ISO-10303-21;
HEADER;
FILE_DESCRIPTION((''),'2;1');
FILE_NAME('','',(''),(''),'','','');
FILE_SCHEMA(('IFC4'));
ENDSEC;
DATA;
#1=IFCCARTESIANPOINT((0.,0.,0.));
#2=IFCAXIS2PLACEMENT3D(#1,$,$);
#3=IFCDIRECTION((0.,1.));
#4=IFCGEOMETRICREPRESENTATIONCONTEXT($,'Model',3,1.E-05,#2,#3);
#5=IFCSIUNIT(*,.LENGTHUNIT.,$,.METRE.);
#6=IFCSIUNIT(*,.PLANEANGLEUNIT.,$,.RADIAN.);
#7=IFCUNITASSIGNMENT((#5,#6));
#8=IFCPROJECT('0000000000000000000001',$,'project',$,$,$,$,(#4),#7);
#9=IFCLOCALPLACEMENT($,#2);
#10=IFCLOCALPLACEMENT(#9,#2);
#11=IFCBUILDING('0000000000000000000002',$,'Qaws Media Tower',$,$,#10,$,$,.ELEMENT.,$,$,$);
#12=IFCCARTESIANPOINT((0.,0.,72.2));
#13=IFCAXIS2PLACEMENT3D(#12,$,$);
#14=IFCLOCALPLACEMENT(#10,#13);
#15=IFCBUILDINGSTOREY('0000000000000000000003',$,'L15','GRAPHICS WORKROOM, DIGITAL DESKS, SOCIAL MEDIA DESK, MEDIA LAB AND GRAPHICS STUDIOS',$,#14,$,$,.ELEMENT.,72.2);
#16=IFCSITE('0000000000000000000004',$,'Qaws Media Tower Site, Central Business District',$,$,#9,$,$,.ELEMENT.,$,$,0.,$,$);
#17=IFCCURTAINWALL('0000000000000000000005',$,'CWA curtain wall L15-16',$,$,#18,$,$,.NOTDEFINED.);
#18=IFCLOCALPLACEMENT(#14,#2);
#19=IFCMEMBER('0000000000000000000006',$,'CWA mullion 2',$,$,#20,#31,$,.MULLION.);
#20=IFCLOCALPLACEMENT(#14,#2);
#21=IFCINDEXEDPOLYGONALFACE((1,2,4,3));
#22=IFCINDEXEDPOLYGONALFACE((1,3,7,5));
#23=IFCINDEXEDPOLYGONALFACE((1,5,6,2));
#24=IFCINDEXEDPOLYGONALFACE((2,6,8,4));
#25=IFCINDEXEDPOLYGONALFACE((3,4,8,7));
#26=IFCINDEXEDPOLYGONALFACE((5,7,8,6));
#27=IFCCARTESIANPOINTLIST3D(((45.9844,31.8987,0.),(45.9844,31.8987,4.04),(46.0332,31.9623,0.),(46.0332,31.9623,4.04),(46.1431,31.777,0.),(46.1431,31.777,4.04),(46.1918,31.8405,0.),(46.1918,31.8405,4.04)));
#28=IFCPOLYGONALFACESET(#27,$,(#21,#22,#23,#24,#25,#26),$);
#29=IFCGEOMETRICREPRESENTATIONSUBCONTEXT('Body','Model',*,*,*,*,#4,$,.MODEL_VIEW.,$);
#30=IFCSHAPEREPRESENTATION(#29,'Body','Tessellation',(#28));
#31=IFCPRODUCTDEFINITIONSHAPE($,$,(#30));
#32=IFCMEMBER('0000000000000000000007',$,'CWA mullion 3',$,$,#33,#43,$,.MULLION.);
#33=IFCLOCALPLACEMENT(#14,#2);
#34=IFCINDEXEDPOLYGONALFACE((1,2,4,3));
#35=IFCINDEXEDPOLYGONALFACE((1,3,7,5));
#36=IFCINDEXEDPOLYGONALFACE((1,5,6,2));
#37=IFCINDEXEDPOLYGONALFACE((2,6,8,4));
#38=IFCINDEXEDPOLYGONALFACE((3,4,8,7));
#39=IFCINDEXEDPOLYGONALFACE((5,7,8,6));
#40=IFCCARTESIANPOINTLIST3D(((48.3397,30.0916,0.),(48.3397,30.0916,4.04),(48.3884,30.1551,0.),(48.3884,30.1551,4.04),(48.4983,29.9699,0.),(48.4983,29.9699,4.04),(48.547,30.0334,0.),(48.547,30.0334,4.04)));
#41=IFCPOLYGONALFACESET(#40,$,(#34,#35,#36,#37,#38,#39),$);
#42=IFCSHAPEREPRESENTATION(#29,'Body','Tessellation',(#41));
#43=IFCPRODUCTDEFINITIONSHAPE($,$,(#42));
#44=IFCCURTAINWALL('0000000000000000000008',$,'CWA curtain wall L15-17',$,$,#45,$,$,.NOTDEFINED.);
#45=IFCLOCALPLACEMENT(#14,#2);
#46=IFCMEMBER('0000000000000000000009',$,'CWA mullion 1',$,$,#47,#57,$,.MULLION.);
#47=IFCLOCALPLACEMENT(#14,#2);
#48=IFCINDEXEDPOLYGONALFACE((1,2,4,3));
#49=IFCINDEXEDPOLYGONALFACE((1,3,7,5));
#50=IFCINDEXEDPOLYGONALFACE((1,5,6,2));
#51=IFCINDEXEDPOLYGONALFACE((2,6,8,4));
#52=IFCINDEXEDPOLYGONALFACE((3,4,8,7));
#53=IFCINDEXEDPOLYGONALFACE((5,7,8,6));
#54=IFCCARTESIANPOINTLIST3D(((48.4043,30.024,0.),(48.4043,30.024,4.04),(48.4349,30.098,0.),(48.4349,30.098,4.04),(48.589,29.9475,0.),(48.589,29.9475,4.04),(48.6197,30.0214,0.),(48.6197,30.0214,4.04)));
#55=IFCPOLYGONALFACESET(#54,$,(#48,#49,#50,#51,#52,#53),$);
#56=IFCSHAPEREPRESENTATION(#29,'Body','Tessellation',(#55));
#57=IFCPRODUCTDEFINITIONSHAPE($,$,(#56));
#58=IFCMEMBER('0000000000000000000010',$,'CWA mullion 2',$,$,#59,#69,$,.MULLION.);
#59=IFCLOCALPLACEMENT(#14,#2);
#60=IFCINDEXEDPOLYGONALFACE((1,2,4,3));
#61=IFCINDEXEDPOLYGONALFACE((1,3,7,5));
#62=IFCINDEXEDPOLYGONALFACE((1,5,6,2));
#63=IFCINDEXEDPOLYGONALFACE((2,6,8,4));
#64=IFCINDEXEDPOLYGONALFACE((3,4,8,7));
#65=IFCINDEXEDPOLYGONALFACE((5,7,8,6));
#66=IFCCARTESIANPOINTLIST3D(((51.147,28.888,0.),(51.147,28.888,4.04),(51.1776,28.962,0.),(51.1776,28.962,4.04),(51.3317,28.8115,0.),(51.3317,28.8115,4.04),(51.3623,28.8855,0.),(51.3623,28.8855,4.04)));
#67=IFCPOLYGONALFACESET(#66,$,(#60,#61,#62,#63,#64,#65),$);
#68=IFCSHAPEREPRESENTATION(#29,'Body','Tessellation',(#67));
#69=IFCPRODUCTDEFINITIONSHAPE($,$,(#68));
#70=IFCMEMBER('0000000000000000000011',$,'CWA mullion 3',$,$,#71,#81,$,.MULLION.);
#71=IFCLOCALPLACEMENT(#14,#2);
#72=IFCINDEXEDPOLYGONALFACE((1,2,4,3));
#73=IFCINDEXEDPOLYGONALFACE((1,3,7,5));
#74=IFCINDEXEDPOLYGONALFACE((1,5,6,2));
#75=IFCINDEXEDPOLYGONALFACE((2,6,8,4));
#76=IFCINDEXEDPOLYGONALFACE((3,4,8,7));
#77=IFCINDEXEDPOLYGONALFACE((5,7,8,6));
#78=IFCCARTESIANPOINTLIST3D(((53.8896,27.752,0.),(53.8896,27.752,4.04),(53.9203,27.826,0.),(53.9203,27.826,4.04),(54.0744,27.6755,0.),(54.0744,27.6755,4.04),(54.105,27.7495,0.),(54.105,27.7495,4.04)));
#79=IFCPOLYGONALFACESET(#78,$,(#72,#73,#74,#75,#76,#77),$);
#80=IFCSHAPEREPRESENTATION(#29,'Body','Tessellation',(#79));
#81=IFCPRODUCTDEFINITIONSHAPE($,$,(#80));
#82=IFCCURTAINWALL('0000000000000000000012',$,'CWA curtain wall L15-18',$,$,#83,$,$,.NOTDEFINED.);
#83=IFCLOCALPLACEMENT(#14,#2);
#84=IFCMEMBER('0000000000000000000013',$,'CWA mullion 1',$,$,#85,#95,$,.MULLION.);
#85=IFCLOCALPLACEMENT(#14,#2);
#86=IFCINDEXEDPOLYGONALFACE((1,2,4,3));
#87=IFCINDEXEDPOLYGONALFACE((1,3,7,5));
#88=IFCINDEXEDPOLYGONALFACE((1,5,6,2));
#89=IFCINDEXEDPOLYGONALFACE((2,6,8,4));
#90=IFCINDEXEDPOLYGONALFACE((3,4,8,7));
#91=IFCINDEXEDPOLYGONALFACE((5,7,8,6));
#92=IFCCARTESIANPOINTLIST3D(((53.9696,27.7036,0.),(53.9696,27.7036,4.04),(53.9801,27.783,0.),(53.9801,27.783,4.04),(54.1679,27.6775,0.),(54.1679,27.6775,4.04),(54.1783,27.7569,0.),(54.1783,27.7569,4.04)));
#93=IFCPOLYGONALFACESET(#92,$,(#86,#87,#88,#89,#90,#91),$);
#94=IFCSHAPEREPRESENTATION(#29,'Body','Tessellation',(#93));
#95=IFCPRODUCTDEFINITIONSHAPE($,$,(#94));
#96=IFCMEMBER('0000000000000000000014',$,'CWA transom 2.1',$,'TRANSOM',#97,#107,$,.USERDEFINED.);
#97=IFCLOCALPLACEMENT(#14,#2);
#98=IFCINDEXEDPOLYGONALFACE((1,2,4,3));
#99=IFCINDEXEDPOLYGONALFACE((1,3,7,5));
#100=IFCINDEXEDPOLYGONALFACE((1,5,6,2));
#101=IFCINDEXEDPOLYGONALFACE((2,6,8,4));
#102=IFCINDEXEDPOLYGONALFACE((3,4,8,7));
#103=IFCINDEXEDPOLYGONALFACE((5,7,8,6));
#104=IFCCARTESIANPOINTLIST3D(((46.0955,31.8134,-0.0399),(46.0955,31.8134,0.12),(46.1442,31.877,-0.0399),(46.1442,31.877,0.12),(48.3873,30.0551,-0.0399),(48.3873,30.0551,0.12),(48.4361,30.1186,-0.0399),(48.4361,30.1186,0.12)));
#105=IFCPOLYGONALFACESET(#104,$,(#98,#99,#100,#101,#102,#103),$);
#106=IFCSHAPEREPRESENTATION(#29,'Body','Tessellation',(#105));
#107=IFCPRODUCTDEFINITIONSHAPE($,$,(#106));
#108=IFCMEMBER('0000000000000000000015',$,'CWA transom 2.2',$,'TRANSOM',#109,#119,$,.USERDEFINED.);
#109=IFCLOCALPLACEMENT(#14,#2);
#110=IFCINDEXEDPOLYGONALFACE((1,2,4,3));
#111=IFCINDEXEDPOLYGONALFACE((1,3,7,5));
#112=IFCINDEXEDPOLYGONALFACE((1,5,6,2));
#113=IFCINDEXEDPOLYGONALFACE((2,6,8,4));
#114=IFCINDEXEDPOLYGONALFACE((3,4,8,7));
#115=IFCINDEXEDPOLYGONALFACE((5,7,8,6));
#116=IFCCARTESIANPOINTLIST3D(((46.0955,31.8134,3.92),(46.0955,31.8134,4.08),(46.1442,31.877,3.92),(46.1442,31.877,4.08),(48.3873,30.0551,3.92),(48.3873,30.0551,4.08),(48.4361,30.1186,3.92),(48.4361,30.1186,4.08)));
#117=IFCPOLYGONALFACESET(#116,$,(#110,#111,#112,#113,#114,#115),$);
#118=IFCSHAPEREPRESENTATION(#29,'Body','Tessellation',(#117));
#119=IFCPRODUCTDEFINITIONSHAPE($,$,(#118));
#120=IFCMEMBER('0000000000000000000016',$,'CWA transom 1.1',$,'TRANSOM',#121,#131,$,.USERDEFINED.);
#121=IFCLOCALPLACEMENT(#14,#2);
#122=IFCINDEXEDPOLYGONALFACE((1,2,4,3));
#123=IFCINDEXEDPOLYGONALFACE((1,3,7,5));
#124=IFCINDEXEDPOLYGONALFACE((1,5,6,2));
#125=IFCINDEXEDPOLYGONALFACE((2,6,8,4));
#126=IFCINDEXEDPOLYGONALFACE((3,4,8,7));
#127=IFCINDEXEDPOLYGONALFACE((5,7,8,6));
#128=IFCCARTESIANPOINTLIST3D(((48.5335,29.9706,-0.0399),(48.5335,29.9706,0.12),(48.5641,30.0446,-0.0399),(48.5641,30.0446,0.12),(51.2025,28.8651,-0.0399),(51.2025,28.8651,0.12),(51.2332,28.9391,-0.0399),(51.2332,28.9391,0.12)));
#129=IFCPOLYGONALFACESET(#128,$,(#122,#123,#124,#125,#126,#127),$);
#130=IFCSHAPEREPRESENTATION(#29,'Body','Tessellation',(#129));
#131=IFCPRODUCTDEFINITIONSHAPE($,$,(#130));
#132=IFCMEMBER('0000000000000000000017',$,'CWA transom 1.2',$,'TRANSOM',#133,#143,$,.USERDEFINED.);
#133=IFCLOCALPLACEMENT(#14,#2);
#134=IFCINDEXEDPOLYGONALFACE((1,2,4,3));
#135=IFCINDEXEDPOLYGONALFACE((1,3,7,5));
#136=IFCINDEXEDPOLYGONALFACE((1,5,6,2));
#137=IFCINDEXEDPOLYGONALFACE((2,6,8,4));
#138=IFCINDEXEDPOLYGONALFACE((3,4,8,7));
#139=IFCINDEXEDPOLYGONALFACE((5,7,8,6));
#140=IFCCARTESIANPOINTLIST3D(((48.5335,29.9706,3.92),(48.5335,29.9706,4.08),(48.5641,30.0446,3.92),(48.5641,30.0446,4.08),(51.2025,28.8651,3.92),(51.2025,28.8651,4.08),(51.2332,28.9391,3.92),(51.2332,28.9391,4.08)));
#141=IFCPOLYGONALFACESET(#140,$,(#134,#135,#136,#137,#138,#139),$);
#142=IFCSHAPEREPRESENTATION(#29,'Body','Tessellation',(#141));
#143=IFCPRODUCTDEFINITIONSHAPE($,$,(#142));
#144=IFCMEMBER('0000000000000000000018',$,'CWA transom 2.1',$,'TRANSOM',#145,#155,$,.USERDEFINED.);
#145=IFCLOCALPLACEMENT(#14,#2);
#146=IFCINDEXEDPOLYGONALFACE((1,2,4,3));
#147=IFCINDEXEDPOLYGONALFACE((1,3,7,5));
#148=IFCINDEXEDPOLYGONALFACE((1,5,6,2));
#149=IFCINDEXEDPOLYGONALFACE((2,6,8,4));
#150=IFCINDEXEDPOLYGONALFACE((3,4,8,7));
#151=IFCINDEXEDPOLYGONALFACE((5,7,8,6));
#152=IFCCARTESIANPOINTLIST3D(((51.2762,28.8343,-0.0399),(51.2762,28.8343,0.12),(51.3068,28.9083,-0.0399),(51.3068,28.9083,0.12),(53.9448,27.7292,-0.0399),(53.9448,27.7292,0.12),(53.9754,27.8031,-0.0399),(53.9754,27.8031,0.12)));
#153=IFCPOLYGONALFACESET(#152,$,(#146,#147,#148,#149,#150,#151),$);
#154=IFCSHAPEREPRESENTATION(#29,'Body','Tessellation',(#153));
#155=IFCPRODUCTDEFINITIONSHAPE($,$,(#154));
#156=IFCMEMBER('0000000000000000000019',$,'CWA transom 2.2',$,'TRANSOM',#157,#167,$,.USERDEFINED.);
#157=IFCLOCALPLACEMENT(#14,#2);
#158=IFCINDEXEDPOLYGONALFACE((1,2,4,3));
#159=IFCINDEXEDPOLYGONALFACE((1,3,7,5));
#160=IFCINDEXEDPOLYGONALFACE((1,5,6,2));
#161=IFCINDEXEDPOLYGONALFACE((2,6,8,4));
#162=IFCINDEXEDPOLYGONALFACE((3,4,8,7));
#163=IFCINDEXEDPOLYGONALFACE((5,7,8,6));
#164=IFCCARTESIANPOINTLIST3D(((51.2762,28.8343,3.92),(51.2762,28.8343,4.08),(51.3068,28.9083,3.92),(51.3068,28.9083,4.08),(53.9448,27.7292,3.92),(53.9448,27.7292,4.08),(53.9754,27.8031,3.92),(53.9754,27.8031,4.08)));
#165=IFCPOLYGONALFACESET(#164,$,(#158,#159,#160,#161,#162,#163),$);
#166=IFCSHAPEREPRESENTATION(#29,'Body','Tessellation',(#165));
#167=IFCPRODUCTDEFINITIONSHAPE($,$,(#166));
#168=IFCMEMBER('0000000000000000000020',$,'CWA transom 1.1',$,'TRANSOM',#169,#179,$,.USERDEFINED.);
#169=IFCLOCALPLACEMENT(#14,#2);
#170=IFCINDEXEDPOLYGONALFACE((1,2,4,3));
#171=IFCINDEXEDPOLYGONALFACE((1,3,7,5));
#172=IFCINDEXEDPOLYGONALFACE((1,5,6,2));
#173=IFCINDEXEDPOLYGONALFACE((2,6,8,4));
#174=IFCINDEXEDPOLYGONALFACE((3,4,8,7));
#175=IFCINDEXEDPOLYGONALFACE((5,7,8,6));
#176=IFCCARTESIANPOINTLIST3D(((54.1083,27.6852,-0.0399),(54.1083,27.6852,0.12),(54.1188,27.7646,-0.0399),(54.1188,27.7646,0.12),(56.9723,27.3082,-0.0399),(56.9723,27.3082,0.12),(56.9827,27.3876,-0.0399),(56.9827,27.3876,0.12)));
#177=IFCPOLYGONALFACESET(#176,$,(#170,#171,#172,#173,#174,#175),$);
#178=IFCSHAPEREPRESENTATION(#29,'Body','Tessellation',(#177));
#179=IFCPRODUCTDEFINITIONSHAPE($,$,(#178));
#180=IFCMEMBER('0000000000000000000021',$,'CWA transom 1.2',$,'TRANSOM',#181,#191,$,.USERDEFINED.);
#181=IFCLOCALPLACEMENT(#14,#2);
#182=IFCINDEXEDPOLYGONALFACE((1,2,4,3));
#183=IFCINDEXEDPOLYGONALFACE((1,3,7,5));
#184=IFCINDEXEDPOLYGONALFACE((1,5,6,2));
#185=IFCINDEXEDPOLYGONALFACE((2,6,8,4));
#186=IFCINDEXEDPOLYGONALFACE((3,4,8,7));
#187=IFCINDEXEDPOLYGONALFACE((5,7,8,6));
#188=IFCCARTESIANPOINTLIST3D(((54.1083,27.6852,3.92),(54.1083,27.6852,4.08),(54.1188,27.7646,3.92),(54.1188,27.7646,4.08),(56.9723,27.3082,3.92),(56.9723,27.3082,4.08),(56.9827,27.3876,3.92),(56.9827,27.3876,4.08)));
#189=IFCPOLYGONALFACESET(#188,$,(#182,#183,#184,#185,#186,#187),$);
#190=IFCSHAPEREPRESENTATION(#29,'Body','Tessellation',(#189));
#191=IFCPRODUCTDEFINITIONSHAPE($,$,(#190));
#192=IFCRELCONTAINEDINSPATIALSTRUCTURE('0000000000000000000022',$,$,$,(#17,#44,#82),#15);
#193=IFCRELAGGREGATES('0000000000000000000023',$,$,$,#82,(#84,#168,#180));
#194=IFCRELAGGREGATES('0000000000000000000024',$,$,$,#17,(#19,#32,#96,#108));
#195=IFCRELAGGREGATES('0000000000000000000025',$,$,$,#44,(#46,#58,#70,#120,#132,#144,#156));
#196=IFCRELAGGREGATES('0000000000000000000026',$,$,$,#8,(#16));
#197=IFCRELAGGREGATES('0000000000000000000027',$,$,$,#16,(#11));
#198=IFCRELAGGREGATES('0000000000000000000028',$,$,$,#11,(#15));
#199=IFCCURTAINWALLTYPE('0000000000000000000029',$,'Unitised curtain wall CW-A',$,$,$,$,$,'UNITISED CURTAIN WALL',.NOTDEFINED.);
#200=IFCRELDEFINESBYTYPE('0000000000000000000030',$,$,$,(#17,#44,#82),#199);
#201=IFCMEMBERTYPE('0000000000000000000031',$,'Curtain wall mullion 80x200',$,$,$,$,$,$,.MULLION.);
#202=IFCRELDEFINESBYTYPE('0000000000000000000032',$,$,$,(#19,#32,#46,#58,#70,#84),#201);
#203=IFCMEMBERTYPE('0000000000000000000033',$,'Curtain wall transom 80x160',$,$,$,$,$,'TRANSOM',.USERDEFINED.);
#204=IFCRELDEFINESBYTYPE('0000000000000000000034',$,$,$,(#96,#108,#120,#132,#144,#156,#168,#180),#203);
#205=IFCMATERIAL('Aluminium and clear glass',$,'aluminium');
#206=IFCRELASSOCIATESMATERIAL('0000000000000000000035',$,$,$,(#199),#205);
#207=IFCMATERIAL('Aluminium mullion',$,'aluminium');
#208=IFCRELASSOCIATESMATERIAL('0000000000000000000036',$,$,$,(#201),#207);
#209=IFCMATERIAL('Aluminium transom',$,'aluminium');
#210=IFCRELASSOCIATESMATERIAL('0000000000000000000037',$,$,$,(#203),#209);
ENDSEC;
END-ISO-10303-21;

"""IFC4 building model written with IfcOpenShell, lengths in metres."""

from ifc_helpers import new_model, si_unit, direction, frame, origin, origin_2d, place, context, subcontext, project, spatial, rectangle, extrude, material, material_profile, profile_set, type_object, element, aggregate, save


model = new_model("IFC4")

# Units and contexts
model_context = context("Model", 3, precision=1e-05, world=origin(), true_north=direction((0.0, 1.0)))
body_context = subcontext(model_context, "Body", "Model", "MODEL_VIEW")
ifc_project = project(units=[si_unit("LENGTHUNIT", "METRE"), si_unit("PLANEANGLEUNIT", "RADIAN")], contexts=[model_context])

# Site, building, storey
site_placement = place(None, origin())
site = spatial("IfcSite", under=ifc_project, at=site_placement, Name="Qaws Media Tower Site, Central Business District", CompositionType="ELEMENT", RefElevation=0.0)
building_placement = place(site_placement, origin())
building = spatial("IfcBuilding", under=site, at=building_placement, Name="Qaws Media Tower", CompositionType="ELEMENT")
storey_placement = place(building_placement, frame((0.0, 0.0, 72.2)))
storey = spatial("IfcBuildingStorey", under=building, at=storey_placement, Name="L15", Description="GRAPHICS WORKROOM, DIGITAL DESKS, SOCIAL MEDIA DESK, MEDIA LAB AND GRAPHICS STUDIOS", CompositionType="ELEMENT", Elevation=72.2)

# Curtain walls, members
ifc_material_1 = material(Name="Aluminium and clear glass", Category="aluminium")
curtain_wall_type = type_object("IfcCurtainWallType", Name="Unitised curtain wall CW-A", ElementType="UNITISED CURTAIN WALL", PredefinedType="NOTDEFINED", material=ifc_material_1)
curtain_wall_1_placement = place(storey_placement, origin())
curtain_wall_1 = element("IfcCurtainWall", 1, at=curtain_wall_1_placement, inside=storey, type_object=curtain_wall_type, Name="CWA curtain wall L15-16", PredefinedType="NOTDEFINED")
ifc_material_2 = material(Name="Aluminium mullion", Category="aluminium")
ifc_material_profile_1 = material_profile(ifc_material_2, rectangle(XDim=0.0801, YDim=0.2, at=origin_2d()), Name="80x200")
ifc_profile_set_1 = profile_set([ifc_material_profile_1], Name="Aluminium mullion")
member_type_1 = type_object("IfcMemberType", Name="Curtain wall mullion 80x200", PredefinedType="MULLION", material=ifc_profile_set_1)
member_1_placement = place(storey_placement, frame((46.0881, 31.8696, 0.0), z_axis=(0.0, 0.0, 1.0), x_axis=(0.608762, 0.793353, 0.0)))
member_1 = element("IfcMember", 2, at=member_1_placement, type_object=member_type_1, Name="CWA mullion 2", PredefinedType="MULLION", context=body_context, shape_type="SweptSolid", body=[
    extrude(rectangle(XDim=0.0801, YDim=0.2, at=origin_2d()), origin(), (0.0, 0.0, 1.0), 4.04),
])
member_2_placement = place(storey_placement, frame((48.4434, 30.0625, 0.0), z_axis=(0.0, 0.0, 1.0), x_axis=(0.608762, 0.793353, 0.0)))
member_2 = element("IfcMember", 3, at=member_2_placement, type_object=member_type_1, Name="CWA mullion 3", PredefinedType="MULLION", context=body_context, shape_type="SweptSolid", body=[
    extrude(rectangle(XDim=0.0801, YDim=0.2, at=origin_2d()), origin(), (0.0, 0.0, 1.0), 4.04),
])
curtain_wall_2_placement = place(storey_placement, origin())
curtain_wall_2 = element("IfcCurtainWall", 4, at=curtain_wall_2_placement, inside=storey, type_object=curtain_wall_type, Name="CWA curtain wall L15-17", PredefinedType="NOTDEFINED")
member_3_placement = place(storey_placement, frame((48.512, 30.0227, 0.0), z_axis=(0.0, 0.0, 1.0), x_axis=(0.382683, 0.92388, 0.0)))
member_3 = element("IfcMember", 5, at=member_3_placement, type_object=member_type_1, Name="CWA mullion 1", PredefinedType="MULLION", context=body_context, shape_type="SweptSolid", body=[
    extrude(rectangle(XDim=0.0801, YDim=0.2, at=origin_2d()), origin(), (0.0, 0.0, 1.0), 4.04),
])
member_4_placement = place(storey_placement, frame((51.2546, 28.8867, 0.0), z_axis=(0.0, 0.0, 1.0), x_axis=(0.382683, 0.92388, 0.0)))
member_4 = element("IfcMember", 6, at=member_4_placement, type_object=member_type_1, Name="CWA mullion 2", PredefinedType="MULLION", context=body_context, shape_type="SweptSolid", body=[
    extrude(rectangle(XDim=0.0801, YDim=0.2, at=origin_2d()), origin(), (0.0, 0.0, 1.0), 4.04),
])
member_5_placement = place(storey_placement, frame((53.9973, 27.7507, 0.0), z_axis=(0.0, 0.0, 1.0), x_axis=(0.382683, 0.92388, 0.0)))
member_5 = element("IfcMember", 7, at=member_5_placement, type_object=member_type_1, Name="CWA mullion 3", PredefinedType="MULLION", context=body_context, shape_type="SweptSolid", body=[
    extrude(rectangle(XDim=0.0801, YDim=0.2, at=origin_2d()), origin(), (0.0, 0.0, 1.0), 4.04),
])

# Curtain wall, member
curtain_wall_3_placement = place(storey_placement, origin())
curtain_wall_3 = element("IfcCurtainWall", 8, at=curtain_wall_3_placement, inside=storey, type_object=curtain_wall_type, Name="CWA curtain wall L15-18", PredefinedType="NOTDEFINED")
member_6_placement = place(storey_placement, frame((54.074, 27.7302, 0.0), z_axis=(0.0, 0.0, 1.0), x_axis=(0.130526, 0.991445, 0.0)))
member_6 = element("IfcMember", 9, at=member_6_placement, type_object=member_type_1, Name="CWA mullion 1", PredefinedType="MULLION", context=body_context, shape_type="SweptSolid", body=[
    extrude(rectangle(XDim=0.0801, YDim=0.2, at=origin_2d()), origin(), (0.0, 0.0, 1.0), 4.04),
])

# Members
ifc_material_3 = material(Name="Aluminium transom", Category="aluminium")
ifc_material_profile_2 = material_profile(ifc_material_3, rectangle(XDim=0.0801, YDim=0.1599, at=origin_2d()), Name="80x160")
ifc_profile_set_2 = profile_set([ifc_material_profile_2], Name="Aluminium transom")
member_type_2 = type_object("IfcMemberType", Name="Curtain wall transom 80x160", ElementType="TRANSOM", PredefinedType="USERDEFINED", material=ifc_profile_set_2)
member_7_placement = place(storey_placement, frame((46.1199, 31.8452, 0.04), z_axis=(0.79339, -0.608714, 0.0), x_axis=(0.608714, 0.79339, 0.0)))
member_7 = element("IfcMember", 10, at=member_7_placement, type_object=member_type_2, Name="CWA transom 2.1", ObjectType="TRANSOM", PredefinedType="USERDEFINED", context=body_context, shape_type="SweptSolid", body=[
    extrude(rectangle(XDim=0.0801, YDim=0.1599, at=origin_2d()), origin(), (0.0, 0.0, 1.0), 2.8887),
])
member_8_placement = place(storey_placement, frame((46.1199, 31.8452, 4.0), z_axis=(0.79339, -0.608714, 0.0), x_axis=(0.608714, 0.79339, 0.0)))
member_8 = element("IfcMember", 11, at=member_8_placement, type_object=member_type_2, Name="CWA transom 2.2", ObjectType="TRANSOM", PredefinedType="USERDEFINED", context=body_context, shape_type="SweptSolid", body=[
    extrude(rectangle(XDim=0.0801, YDim=0.1599, at=origin_2d()), origin(), (0.0, 0.0, 1.0), 2.8887),
])
member_9_placement = place(storey_placement, frame((48.5488, 30.0076, 0.04), z_axis=(0.923885, -0.38267, 0.0), x_axis=(0.38267, 0.923885, 0.0)))
member_9 = element("IfcMember", 12, at=member_9_placement, type_object=member_type_2, Name="CWA transom 1.1", ObjectType="TRANSOM", PredefinedType="USERDEFINED", context=body_context, shape_type="SweptSolid", body=[
    extrude(rectangle(XDim=0.0801, YDim=0.1599, at=origin_2d()), origin(), (0.0, 0.0, 1.0), 2.8889),
])
member_10_placement = place(storey_placement, frame((48.5488, 30.0076, 4.0), z_axis=(0.923885, -0.38267, 0.0), x_axis=(0.38267, 0.923885, 0.0)))
member_10 = element("IfcMember", 13, at=member_10_placement, type_object=member_type_2, Name="CWA transom 1.2", ObjectType="TRANSOM", PredefinedType="USERDEFINED", context=body_context, shape_type="SweptSolid", body=[
    extrude(rectangle(XDim=0.0801, YDim=0.1599, at=origin_2d()), origin(), (0.0, 0.0, 1.0), 2.8889),
])
member_11_placement = place(storey_placement, frame((51.2915, 28.8713, 0.04), z_axis=(0.923902, -0.382628, 0.0), x_axis=(0.382628, 0.923902, 0.0)))
member_11 = element("IfcMember", 14, at=member_11_placement, type_object=member_type_2, Name="CWA transom 2.1", ObjectType="TRANSOM", PredefinedType="USERDEFINED", context=body_context, shape_type="SweptSolid", body=[
    extrude(rectangle(XDim=0.0801, YDim=0.1599, at=origin_2d()), origin(), (0.0, 0.0, 1.0), 2.8884),
])
member_12_placement = place(storey_placement, frame((51.2915, 28.8713, 4.0), z_axis=(0.923902, -0.382628, 0.0), x_axis=(0.382628, 0.923902, 0.0)))
member_12 = element("IfcMember", 15, at=member_12_placement, type_object=member_type_2, Name="CWA transom 2.2", ObjectType="TRANSOM", PredefinedType="USERDEFINED", context=body_context, shape_type="SweptSolid", body=[
    extrude(rectangle(XDim=0.0801, YDim=0.1599, at=origin_2d()), origin(), (0.0, 0.0, 1.0), 2.8884),
])
member_13_placement = place(storey_placement, frame((54.1135, 27.7249, 0.04), z_axis=(0.991449, -0.130492, 0.0), x_axis=(0.130492, 0.991449, 0.0)))
member_13 = element("IfcMember", 16, at=member_13_placement, type_object=member_type_2, Name="CWA transom 1.1", ObjectType="TRANSOM", PredefinedType="USERDEFINED", context=body_context, shape_type="SweptSolid", body=[
    extrude(rectangle(XDim=0.0801, YDim=0.1599, at=origin_2d()), origin(), (0.0, 0.0, 1.0), 2.8887),
])
member_14_placement = place(storey_placement, frame((54.1135, 27.7249, 4.0), z_axis=(0.991449, -0.130492, 0.0), x_axis=(0.130492, 0.991449, 0.0)))
member_14 = element("IfcMember", 17, at=member_14_placement, type_object=member_type_2, Name="CWA transom 1.2", ObjectType="TRANSOM", PredefinedType="USERDEFINED", context=body_context, shape_type="SweptSolid", body=[
    extrude(rectangle(XDim=0.0801, YDim=0.1599, at=origin_2d()), origin(), (0.0, 0.0, 1.0), 2.8887),
])
aggregate(curtain_wall_3, [member_6, member_13, member_14])

aggregate(curtain_wall_1, [member_1, member_2, member_7, member_8])
aggregate(curtain_wall_2, [member_3, member_4, member_5, member_9, member_10, member_11, member_12])

save(model, "model.ifc")
